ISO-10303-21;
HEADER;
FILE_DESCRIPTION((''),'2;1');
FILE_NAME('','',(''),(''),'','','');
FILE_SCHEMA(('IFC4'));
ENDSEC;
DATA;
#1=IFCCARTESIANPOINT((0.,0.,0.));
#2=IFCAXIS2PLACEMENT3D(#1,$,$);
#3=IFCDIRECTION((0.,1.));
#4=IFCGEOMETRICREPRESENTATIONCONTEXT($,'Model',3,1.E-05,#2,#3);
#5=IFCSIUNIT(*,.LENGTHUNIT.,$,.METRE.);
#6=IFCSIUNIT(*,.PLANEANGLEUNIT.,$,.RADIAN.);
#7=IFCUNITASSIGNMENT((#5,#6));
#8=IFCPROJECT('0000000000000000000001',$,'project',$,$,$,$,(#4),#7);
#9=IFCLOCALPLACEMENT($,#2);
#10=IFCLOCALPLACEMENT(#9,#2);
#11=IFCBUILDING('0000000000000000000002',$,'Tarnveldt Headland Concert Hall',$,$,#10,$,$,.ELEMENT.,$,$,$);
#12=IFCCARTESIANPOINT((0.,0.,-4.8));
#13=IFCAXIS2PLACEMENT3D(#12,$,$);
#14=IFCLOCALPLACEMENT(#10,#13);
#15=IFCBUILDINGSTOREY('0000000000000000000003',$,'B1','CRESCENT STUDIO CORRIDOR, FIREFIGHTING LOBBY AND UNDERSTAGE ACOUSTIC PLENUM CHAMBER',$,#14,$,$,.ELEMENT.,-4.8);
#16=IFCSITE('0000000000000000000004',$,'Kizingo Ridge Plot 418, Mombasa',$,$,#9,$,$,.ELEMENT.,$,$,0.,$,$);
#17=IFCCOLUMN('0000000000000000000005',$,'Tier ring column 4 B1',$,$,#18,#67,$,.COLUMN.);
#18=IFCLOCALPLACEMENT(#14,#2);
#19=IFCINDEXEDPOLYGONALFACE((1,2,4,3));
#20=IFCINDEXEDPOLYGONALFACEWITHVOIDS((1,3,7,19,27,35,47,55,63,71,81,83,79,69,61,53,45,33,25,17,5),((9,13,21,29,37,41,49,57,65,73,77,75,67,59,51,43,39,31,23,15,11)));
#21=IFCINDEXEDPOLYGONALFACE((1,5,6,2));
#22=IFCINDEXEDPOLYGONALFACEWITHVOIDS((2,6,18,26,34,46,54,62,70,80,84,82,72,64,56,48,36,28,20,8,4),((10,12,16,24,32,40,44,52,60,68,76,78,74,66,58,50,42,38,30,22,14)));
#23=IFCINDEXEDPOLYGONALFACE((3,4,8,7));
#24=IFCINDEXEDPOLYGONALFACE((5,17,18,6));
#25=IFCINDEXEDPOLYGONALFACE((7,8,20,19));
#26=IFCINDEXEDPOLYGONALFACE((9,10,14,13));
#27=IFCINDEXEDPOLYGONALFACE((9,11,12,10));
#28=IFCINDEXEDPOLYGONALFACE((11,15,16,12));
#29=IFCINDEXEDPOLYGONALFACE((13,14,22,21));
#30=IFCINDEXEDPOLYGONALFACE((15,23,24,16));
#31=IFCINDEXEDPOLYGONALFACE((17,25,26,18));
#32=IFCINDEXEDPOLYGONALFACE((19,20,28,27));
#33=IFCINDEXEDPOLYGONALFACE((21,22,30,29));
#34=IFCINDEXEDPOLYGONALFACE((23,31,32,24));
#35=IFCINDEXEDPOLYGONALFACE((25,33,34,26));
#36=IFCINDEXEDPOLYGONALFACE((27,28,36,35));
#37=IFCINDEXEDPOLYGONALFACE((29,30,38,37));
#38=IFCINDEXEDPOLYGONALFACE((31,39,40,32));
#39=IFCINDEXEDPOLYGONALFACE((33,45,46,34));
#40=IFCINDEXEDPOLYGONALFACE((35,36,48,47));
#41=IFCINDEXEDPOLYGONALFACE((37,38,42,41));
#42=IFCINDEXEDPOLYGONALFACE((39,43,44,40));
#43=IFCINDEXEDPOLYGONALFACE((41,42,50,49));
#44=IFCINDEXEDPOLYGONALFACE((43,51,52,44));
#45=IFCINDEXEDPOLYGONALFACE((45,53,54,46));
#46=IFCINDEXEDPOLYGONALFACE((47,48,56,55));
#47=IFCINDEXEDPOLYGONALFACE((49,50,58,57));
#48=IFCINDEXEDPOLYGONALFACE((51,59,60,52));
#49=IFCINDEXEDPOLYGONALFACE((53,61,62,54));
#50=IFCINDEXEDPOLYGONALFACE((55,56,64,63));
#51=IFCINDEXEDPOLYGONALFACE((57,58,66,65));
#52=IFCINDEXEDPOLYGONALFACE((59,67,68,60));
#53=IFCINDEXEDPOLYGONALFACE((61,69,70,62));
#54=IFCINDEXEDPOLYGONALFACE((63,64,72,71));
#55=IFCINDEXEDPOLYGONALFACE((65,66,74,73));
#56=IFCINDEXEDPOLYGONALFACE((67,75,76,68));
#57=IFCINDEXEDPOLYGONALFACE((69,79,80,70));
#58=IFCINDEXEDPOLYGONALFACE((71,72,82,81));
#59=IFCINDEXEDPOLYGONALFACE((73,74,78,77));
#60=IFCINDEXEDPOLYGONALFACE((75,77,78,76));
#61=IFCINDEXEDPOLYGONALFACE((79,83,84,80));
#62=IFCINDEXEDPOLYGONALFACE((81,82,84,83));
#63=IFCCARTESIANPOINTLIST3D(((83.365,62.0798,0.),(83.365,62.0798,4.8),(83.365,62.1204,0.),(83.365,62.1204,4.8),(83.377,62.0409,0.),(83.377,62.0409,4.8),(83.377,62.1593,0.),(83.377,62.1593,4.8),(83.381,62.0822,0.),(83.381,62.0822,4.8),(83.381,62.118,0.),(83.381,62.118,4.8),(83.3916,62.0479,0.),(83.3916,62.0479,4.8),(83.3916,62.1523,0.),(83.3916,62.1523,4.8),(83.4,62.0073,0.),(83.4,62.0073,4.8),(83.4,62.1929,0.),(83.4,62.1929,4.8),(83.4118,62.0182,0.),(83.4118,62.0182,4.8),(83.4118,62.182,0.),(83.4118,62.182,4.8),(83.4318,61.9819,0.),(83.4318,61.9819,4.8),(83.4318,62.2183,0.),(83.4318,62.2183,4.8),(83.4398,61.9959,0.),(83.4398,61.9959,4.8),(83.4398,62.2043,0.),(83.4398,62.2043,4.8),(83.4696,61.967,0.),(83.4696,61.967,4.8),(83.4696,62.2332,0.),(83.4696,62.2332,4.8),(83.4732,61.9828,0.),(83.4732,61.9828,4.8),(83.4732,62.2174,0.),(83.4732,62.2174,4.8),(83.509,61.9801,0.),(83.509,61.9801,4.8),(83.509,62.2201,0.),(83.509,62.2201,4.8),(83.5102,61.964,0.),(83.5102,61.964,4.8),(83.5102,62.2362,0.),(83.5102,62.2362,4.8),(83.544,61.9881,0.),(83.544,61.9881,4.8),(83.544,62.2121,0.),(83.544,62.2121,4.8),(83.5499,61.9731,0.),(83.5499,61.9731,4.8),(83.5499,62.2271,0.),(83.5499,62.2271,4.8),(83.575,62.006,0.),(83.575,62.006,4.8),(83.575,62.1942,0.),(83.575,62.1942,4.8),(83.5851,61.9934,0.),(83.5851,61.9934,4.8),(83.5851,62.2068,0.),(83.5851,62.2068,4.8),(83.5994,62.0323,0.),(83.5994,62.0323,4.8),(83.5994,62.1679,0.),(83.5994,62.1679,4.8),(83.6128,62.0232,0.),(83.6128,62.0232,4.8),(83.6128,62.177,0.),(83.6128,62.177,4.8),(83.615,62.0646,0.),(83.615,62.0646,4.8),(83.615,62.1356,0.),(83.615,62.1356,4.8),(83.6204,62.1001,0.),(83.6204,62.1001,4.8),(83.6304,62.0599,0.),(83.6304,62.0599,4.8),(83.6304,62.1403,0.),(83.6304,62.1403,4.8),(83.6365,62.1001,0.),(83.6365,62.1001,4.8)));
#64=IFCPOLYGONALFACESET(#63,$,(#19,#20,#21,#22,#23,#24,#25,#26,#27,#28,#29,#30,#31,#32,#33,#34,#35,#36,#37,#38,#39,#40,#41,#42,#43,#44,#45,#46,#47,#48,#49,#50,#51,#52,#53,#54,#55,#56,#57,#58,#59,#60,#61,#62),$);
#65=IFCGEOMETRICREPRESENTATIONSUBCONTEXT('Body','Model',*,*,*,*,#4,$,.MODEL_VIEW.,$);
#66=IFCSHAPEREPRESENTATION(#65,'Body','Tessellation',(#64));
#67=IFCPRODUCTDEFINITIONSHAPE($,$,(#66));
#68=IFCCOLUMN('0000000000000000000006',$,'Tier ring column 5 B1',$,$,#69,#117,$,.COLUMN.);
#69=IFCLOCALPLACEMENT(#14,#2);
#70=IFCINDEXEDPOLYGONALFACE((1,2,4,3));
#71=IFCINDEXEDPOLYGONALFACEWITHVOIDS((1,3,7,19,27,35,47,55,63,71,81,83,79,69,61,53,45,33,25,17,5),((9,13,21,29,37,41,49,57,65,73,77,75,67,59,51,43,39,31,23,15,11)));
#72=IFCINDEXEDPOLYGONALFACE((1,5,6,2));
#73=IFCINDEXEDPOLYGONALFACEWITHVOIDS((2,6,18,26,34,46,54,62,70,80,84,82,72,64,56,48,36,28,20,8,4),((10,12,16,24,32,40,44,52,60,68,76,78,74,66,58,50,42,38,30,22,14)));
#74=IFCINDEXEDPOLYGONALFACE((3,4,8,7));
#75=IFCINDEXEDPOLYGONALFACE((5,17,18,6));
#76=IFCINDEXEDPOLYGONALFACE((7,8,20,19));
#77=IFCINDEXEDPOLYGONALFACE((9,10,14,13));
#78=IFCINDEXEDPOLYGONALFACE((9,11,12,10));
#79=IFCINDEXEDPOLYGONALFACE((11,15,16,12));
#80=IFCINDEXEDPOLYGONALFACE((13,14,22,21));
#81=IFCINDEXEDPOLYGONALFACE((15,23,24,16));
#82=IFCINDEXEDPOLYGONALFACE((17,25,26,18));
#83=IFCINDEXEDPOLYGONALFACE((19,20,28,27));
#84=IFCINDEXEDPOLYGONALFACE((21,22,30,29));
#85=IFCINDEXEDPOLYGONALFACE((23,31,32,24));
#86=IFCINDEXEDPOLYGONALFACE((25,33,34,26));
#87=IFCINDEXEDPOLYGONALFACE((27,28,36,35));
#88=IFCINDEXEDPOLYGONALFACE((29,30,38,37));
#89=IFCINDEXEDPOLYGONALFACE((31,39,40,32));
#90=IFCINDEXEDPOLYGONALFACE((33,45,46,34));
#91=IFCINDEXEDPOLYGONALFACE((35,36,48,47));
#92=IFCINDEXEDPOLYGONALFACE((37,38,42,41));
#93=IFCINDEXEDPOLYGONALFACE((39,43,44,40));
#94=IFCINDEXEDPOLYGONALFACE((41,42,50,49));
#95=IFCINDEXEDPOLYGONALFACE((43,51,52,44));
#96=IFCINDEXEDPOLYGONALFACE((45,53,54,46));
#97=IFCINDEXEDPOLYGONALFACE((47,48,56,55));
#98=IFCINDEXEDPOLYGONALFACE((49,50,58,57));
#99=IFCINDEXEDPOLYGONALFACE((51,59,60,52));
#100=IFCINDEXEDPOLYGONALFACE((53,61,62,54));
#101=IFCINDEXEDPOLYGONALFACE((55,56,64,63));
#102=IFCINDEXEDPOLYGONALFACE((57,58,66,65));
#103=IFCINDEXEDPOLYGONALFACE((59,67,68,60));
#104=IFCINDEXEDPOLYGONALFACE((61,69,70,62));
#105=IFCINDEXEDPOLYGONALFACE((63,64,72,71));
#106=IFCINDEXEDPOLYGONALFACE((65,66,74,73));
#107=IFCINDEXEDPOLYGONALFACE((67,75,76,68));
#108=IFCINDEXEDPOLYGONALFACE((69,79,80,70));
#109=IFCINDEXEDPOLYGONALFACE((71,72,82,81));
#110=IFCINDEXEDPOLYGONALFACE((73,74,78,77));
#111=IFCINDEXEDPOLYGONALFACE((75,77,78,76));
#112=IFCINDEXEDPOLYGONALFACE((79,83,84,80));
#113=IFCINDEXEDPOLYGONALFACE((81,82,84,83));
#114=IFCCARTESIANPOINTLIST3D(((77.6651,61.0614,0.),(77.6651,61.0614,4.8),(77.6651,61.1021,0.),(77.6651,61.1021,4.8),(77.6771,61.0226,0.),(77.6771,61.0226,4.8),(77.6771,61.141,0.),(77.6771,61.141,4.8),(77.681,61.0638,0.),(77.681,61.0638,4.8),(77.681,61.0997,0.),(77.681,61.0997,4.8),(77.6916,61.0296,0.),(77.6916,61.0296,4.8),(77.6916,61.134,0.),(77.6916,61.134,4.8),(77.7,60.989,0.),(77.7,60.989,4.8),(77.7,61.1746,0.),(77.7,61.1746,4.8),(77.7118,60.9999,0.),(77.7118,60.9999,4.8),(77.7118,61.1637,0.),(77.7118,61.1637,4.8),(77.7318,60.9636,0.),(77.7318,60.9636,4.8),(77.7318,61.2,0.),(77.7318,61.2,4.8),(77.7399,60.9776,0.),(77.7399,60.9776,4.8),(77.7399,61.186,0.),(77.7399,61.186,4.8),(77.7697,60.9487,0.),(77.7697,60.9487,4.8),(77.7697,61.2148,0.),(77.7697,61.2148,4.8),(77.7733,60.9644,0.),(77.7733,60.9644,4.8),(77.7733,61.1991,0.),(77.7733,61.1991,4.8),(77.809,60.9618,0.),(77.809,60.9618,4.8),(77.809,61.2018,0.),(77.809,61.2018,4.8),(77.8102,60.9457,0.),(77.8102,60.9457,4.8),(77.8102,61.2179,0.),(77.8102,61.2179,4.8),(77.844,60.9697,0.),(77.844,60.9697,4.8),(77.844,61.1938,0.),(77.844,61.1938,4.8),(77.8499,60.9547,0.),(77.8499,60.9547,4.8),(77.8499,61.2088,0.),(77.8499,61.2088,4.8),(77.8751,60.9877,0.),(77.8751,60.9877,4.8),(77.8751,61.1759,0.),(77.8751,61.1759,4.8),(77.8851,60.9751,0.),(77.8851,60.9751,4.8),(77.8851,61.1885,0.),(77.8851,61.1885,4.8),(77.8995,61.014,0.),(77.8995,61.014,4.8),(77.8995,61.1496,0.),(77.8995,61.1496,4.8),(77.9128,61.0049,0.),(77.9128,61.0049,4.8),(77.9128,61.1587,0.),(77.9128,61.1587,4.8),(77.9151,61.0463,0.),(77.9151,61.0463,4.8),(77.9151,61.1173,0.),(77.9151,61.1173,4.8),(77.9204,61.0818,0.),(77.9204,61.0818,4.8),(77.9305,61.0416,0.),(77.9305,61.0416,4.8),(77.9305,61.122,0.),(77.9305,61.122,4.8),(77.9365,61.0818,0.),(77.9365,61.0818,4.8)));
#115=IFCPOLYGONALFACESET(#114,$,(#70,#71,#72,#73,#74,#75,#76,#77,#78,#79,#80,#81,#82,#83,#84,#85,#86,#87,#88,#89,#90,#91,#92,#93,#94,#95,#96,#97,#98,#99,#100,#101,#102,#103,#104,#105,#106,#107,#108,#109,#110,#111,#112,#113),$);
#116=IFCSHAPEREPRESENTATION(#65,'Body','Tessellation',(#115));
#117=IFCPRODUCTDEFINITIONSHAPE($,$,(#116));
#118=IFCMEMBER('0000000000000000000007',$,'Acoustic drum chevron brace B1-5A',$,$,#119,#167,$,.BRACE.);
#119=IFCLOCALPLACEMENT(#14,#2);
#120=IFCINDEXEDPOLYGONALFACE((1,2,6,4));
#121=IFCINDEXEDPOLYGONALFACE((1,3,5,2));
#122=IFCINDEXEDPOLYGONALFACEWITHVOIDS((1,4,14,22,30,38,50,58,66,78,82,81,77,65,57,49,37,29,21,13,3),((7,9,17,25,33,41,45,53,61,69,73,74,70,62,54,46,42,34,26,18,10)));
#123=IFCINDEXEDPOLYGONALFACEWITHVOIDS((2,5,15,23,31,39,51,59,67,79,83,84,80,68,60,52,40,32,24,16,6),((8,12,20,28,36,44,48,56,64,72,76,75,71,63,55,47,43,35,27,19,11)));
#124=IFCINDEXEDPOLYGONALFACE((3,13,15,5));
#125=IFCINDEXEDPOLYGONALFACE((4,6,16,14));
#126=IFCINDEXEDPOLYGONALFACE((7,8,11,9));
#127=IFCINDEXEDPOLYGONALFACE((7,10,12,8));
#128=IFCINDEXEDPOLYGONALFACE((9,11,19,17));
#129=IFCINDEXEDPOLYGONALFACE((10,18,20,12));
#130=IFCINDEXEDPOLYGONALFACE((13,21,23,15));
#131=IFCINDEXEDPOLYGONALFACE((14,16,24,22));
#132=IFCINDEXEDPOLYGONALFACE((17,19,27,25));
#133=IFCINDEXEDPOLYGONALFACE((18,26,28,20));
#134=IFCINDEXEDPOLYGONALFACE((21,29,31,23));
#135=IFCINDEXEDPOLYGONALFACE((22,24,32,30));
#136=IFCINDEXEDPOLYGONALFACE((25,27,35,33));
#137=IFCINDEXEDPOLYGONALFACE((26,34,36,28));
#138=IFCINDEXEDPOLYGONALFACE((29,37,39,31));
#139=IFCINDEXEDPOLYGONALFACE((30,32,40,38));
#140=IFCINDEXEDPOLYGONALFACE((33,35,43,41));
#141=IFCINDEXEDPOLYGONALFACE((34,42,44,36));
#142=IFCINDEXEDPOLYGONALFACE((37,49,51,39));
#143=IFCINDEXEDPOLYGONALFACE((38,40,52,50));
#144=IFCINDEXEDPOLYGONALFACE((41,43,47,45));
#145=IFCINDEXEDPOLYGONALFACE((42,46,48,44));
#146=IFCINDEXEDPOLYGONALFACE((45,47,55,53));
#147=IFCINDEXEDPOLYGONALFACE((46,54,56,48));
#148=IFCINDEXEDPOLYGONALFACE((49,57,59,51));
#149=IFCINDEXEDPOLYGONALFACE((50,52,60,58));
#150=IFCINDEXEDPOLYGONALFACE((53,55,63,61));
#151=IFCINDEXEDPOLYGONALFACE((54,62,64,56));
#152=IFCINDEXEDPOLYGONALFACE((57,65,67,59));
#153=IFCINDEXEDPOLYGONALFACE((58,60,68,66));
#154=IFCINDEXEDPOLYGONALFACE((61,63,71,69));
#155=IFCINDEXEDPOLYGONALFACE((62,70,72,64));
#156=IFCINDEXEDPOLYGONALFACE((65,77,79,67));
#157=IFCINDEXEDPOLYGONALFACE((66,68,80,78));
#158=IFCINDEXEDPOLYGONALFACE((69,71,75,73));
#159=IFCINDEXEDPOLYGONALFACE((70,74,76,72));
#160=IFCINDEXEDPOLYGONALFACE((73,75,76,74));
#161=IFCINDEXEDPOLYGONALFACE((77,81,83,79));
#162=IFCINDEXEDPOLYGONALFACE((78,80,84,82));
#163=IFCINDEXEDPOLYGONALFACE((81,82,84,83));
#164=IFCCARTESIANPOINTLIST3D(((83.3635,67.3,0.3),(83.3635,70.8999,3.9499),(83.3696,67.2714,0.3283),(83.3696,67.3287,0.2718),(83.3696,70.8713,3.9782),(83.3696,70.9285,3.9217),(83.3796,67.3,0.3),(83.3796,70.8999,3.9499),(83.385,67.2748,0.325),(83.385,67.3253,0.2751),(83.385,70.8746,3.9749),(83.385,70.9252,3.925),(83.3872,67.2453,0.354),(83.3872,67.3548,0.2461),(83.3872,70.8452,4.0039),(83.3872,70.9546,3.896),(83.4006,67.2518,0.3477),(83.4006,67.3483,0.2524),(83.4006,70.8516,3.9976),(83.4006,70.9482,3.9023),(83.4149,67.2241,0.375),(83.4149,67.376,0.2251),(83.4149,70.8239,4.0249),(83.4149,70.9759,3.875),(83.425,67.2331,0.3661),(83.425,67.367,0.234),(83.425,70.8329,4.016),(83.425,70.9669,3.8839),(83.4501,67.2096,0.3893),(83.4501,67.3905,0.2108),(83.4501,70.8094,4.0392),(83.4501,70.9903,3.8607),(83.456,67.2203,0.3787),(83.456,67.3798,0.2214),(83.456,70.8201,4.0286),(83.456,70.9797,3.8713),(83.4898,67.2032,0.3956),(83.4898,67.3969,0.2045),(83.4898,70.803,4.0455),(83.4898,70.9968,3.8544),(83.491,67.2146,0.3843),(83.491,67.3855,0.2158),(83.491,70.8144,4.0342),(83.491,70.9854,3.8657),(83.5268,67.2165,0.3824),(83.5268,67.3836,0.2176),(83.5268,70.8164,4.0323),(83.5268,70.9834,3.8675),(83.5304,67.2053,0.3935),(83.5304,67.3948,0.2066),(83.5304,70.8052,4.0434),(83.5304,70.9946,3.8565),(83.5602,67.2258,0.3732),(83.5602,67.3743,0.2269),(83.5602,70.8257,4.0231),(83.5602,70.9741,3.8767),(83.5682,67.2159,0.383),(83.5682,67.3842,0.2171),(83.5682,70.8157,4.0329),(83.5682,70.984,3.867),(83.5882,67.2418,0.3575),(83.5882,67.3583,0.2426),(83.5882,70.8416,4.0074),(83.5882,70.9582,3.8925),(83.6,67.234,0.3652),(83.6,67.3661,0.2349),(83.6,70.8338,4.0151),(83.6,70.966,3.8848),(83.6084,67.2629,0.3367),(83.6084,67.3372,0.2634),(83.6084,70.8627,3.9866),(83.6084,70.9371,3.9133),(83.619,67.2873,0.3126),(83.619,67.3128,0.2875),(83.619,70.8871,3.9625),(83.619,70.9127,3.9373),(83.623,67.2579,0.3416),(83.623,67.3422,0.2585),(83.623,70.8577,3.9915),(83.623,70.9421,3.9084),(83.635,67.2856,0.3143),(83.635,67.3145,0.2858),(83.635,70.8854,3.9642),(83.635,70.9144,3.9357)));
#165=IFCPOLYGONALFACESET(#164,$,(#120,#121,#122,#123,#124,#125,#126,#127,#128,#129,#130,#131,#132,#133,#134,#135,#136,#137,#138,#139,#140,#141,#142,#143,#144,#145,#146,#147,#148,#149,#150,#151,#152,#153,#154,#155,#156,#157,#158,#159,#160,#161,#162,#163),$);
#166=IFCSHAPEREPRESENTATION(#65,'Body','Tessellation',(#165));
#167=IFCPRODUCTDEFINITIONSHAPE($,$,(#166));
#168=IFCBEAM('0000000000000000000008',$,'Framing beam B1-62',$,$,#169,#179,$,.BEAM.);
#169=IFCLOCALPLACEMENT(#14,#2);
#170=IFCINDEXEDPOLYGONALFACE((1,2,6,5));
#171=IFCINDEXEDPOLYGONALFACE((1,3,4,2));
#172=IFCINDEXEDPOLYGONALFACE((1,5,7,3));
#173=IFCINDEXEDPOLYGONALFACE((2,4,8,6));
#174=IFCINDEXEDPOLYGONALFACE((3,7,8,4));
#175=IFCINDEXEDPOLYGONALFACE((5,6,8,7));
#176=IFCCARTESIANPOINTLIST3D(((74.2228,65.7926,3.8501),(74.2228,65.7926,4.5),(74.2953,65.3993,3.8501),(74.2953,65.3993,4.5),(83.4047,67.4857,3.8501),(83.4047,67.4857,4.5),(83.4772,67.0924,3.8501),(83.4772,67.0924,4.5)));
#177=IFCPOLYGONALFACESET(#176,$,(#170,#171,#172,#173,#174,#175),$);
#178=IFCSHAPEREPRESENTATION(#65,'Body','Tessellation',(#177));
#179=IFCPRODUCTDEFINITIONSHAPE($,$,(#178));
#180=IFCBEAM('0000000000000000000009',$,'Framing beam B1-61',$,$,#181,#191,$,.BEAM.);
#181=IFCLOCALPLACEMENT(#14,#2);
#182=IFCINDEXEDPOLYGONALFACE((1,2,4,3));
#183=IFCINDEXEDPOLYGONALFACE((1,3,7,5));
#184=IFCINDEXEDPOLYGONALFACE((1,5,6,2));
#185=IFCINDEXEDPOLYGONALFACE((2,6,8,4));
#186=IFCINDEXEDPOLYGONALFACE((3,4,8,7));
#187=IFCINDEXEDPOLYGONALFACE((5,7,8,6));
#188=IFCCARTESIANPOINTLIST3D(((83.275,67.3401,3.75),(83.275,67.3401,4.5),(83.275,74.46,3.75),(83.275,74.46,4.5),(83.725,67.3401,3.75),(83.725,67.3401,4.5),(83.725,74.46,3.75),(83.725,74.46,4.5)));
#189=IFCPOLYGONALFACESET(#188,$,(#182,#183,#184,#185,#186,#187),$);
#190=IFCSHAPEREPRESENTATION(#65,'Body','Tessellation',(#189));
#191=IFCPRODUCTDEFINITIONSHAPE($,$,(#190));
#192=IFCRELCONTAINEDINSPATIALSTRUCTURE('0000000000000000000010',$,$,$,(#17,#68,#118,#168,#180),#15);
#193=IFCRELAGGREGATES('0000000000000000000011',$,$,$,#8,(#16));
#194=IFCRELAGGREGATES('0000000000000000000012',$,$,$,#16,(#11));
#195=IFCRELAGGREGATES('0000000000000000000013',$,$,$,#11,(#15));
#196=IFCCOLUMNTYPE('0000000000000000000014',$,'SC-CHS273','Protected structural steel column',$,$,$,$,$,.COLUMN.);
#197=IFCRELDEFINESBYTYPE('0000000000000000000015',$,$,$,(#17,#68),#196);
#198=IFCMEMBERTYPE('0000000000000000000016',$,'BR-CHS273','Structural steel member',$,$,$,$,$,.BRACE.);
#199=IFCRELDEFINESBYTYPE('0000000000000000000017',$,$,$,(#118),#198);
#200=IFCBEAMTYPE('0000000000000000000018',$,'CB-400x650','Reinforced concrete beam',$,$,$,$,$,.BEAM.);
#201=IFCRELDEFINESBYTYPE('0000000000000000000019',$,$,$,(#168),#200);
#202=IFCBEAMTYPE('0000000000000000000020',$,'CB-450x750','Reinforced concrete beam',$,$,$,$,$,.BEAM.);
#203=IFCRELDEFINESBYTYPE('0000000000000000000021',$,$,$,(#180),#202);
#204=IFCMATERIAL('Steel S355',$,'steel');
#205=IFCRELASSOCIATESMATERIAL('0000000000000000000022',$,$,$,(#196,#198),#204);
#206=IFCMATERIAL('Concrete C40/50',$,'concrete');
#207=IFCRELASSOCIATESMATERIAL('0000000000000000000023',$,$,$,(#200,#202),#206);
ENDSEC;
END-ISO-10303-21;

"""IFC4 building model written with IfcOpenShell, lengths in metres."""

from ifc_helpers import new_model, si_unit, direction, frame, origin, origin_2d, place, context, subcontext, project, spatial, rectangle, hollow_circle, extrude, material, material_profile, profile_set, type_object, element, save


model = new_model("IFC4")

# Units and contexts
model_context = context("Model", 3, precision=1e-05, world=origin(), true_north=direction((0.0, 1.0)))
body_context = subcontext(model_context, "Body", "Model", "MODEL_VIEW")
ifc_project = project(units=[si_unit("LENGTHUNIT", "METRE"), si_unit("PLANEANGLEUNIT", "RADIAN")], contexts=[model_context])

# Site, building, storey
site_placement = place(None, origin())
site = spatial("IfcSite", under=ifc_project, at=site_placement, Name="Kizingo Ridge Plot 418, Mombasa", CompositionType="ELEMENT", RefElevation=0.0)
building_placement = place(site_placement, origin())
building = spatial("IfcBuilding", under=site, at=building_placement, Name="Tarnveldt Headland Concert Hall", CompositionType="ELEMENT")
storey_placement = place(building_placement, frame((0.0, 0.0, -4.8)))
storey = spatial("IfcBuildingStorey", under=building, at=storey_placement, Name="B1", Description="CRESCENT STUDIO CORRIDOR, FIREFIGHTING LOBBY AND UNDERSTAGE ACOUSTIC PLENUM CHAMBER", CompositionType="ELEMENT", Elevation=-4.8)

# Shared definitions
ifc_material_1 = material(Name="Concrete C40/50", Category="concrete")

# Columns
ifc_material_2 = material(Name="Steel S355", Category="steel")
ifc_material_profile_1 = material_profile(ifc_material_2, hollow_circle(Radius=0.1365, WallThickness=0.0161, at=origin_2d()), Name="CHS 273x16", Category="steel")
ifc_profile_set_1 = profile_set([ifc_material_profile_1], Name="Steel S355")
column_type_1 = type_object("IfcColumnType", Name="SC-CHS273", Description="Protected structural steel column", PredefinedType="COLUMN", material=ifc_profile_set_1)
for number, where, z_axis, x_axis, name in (
    (1, (83.5, 62.1001, 0.0), (0.0, 0.0, 1.0), (1.0, 0.0, 0.0), "Tier ring column 4 B1"),
    (2, (77.8, 61.0818, 0.0), (0.0, 0.0, 1.0), (1.0, 0.0, 0.0), "Tier ring column 5 B1"),
):
    element("IfcColumn", number, at=place(storey_placement, frame(where, z_axis=z_axis, x_axis=x_axis)), inside=storey, type_object=column_type_1, Name=name, PredefinedType="COLUMN", context=body_context, shape_type="SweptSolid", body=[
        extrude(hollow_circle(Radius=0.1365, WallThickness=0.0161, at=origin_2d()), origin(), (0.0, 0.0, 1.0), 4.8),
    ])

# Member
ifc_material_profile_2 = material_profile(ifc_material_2, hollow_circle(Radius=0.1365, WallThickness=0.0161, at=origin_2d()), Name="CHS 273x16", Category="steel")
ifc_profile_set_2 = profile_set([ifc_material_profile_2], Name="Steel S355")
member_type = type_object("IfcMemberType", Name="BR-CHS273", Description="Structural steel member", PredefinedType="BRACE", material=ifc_profile_set_2)
member_placement = place(storey_placement, frame((83.5, 67.3, 0.3), z_axis=(0.0, 0.702209, 0.711971), x_axis=(-1.0, 0.0, 0.0)))
element("IfcMember", 3, at=member_placement, inside=storey, type_object=member_type, Name="Acoustic drum chevron brace B1-5A", PredefinedType="BRACE", context=body_context, shape_type="SweptSolid", body=[
    extrude(hollow_circle(Radius=0.1365, WallThickness=0.0161, at=origin_2d()), origin(), (0.0, 0.0, 1.0), 5.1265),
])

# Beams
ifc_material_profile_3 = material_profile(ifc_material_1, rectangle(XDim=0.3999, YDim=0.6499, at=origin_2d()), Name="RC 400x650", Category="concrete")
ifc_profile_set_3 = profile_set([ifc_material_profile_3], Name="Concrete C40/50")
beam_type_1 = type_object("IfcBeamType", Name="CB-400x650", Description="Reinforced concrete beam", PredefinedType="BEAM", material=ifc_profile_set_3)
beam_1_placement = place(storey_placement, frame((83.4409, 67.2891, 4.175), z_axis=(-0.98342, -0.18134, 0.0), x_axis=(0.18134, -0.98342, 0.0)))
element("IfcBeam", 4, at=beam_1_placement, inside=storey, type_object=beam_type_1, Name="Framing beam B1-62", PredefinedType="BEAM", context=body_context, shape_type="SweptSolid", body=[
    extrude(rectangle(XDim=0.3999, YDim=0.6499, at=origin_2d()), origin(), (0.0, 0.0, 1.0), 9.3367),
])
ifc_material_profile_4 = material_profile(ifc_material_1, rectangle(XDim=0.45, YDim=0.75, at=origin_2d()), Name="RC 450x750", Category="concrete")
ifc_profile_set_4 = profile_set([ifc_material_profile_4], Name="Concrete C40/50")
beam_type_2 = type_object("IfcBeamType", Name="CB-450x750", Description="Reinforced concrete beam", PredefinedType="BEAM", material=ifc_profile_set_4)
beam_2_placement = place(storey_placement, frame((83.5, 67.3401, 4.125), z_axis=(0.0, 1.0, 0.0), x_axis=(-1.0, 0.0, 0.0)))
element("IfcBeam", 5, at=beam_2_placement, inside=storey, type_object=beam_type_2, Name="Framing beam B1-61", PredefinedType="BEAM", context=body_context, shape_type="SweptSolid", body=[
    extrude(rectangle(XDim=0.45, YDim=0.75, at=origin_2d()), origin(), (0.0, 0.0, 1.0), 7.1199),
])

save(model, "model.ifc")
